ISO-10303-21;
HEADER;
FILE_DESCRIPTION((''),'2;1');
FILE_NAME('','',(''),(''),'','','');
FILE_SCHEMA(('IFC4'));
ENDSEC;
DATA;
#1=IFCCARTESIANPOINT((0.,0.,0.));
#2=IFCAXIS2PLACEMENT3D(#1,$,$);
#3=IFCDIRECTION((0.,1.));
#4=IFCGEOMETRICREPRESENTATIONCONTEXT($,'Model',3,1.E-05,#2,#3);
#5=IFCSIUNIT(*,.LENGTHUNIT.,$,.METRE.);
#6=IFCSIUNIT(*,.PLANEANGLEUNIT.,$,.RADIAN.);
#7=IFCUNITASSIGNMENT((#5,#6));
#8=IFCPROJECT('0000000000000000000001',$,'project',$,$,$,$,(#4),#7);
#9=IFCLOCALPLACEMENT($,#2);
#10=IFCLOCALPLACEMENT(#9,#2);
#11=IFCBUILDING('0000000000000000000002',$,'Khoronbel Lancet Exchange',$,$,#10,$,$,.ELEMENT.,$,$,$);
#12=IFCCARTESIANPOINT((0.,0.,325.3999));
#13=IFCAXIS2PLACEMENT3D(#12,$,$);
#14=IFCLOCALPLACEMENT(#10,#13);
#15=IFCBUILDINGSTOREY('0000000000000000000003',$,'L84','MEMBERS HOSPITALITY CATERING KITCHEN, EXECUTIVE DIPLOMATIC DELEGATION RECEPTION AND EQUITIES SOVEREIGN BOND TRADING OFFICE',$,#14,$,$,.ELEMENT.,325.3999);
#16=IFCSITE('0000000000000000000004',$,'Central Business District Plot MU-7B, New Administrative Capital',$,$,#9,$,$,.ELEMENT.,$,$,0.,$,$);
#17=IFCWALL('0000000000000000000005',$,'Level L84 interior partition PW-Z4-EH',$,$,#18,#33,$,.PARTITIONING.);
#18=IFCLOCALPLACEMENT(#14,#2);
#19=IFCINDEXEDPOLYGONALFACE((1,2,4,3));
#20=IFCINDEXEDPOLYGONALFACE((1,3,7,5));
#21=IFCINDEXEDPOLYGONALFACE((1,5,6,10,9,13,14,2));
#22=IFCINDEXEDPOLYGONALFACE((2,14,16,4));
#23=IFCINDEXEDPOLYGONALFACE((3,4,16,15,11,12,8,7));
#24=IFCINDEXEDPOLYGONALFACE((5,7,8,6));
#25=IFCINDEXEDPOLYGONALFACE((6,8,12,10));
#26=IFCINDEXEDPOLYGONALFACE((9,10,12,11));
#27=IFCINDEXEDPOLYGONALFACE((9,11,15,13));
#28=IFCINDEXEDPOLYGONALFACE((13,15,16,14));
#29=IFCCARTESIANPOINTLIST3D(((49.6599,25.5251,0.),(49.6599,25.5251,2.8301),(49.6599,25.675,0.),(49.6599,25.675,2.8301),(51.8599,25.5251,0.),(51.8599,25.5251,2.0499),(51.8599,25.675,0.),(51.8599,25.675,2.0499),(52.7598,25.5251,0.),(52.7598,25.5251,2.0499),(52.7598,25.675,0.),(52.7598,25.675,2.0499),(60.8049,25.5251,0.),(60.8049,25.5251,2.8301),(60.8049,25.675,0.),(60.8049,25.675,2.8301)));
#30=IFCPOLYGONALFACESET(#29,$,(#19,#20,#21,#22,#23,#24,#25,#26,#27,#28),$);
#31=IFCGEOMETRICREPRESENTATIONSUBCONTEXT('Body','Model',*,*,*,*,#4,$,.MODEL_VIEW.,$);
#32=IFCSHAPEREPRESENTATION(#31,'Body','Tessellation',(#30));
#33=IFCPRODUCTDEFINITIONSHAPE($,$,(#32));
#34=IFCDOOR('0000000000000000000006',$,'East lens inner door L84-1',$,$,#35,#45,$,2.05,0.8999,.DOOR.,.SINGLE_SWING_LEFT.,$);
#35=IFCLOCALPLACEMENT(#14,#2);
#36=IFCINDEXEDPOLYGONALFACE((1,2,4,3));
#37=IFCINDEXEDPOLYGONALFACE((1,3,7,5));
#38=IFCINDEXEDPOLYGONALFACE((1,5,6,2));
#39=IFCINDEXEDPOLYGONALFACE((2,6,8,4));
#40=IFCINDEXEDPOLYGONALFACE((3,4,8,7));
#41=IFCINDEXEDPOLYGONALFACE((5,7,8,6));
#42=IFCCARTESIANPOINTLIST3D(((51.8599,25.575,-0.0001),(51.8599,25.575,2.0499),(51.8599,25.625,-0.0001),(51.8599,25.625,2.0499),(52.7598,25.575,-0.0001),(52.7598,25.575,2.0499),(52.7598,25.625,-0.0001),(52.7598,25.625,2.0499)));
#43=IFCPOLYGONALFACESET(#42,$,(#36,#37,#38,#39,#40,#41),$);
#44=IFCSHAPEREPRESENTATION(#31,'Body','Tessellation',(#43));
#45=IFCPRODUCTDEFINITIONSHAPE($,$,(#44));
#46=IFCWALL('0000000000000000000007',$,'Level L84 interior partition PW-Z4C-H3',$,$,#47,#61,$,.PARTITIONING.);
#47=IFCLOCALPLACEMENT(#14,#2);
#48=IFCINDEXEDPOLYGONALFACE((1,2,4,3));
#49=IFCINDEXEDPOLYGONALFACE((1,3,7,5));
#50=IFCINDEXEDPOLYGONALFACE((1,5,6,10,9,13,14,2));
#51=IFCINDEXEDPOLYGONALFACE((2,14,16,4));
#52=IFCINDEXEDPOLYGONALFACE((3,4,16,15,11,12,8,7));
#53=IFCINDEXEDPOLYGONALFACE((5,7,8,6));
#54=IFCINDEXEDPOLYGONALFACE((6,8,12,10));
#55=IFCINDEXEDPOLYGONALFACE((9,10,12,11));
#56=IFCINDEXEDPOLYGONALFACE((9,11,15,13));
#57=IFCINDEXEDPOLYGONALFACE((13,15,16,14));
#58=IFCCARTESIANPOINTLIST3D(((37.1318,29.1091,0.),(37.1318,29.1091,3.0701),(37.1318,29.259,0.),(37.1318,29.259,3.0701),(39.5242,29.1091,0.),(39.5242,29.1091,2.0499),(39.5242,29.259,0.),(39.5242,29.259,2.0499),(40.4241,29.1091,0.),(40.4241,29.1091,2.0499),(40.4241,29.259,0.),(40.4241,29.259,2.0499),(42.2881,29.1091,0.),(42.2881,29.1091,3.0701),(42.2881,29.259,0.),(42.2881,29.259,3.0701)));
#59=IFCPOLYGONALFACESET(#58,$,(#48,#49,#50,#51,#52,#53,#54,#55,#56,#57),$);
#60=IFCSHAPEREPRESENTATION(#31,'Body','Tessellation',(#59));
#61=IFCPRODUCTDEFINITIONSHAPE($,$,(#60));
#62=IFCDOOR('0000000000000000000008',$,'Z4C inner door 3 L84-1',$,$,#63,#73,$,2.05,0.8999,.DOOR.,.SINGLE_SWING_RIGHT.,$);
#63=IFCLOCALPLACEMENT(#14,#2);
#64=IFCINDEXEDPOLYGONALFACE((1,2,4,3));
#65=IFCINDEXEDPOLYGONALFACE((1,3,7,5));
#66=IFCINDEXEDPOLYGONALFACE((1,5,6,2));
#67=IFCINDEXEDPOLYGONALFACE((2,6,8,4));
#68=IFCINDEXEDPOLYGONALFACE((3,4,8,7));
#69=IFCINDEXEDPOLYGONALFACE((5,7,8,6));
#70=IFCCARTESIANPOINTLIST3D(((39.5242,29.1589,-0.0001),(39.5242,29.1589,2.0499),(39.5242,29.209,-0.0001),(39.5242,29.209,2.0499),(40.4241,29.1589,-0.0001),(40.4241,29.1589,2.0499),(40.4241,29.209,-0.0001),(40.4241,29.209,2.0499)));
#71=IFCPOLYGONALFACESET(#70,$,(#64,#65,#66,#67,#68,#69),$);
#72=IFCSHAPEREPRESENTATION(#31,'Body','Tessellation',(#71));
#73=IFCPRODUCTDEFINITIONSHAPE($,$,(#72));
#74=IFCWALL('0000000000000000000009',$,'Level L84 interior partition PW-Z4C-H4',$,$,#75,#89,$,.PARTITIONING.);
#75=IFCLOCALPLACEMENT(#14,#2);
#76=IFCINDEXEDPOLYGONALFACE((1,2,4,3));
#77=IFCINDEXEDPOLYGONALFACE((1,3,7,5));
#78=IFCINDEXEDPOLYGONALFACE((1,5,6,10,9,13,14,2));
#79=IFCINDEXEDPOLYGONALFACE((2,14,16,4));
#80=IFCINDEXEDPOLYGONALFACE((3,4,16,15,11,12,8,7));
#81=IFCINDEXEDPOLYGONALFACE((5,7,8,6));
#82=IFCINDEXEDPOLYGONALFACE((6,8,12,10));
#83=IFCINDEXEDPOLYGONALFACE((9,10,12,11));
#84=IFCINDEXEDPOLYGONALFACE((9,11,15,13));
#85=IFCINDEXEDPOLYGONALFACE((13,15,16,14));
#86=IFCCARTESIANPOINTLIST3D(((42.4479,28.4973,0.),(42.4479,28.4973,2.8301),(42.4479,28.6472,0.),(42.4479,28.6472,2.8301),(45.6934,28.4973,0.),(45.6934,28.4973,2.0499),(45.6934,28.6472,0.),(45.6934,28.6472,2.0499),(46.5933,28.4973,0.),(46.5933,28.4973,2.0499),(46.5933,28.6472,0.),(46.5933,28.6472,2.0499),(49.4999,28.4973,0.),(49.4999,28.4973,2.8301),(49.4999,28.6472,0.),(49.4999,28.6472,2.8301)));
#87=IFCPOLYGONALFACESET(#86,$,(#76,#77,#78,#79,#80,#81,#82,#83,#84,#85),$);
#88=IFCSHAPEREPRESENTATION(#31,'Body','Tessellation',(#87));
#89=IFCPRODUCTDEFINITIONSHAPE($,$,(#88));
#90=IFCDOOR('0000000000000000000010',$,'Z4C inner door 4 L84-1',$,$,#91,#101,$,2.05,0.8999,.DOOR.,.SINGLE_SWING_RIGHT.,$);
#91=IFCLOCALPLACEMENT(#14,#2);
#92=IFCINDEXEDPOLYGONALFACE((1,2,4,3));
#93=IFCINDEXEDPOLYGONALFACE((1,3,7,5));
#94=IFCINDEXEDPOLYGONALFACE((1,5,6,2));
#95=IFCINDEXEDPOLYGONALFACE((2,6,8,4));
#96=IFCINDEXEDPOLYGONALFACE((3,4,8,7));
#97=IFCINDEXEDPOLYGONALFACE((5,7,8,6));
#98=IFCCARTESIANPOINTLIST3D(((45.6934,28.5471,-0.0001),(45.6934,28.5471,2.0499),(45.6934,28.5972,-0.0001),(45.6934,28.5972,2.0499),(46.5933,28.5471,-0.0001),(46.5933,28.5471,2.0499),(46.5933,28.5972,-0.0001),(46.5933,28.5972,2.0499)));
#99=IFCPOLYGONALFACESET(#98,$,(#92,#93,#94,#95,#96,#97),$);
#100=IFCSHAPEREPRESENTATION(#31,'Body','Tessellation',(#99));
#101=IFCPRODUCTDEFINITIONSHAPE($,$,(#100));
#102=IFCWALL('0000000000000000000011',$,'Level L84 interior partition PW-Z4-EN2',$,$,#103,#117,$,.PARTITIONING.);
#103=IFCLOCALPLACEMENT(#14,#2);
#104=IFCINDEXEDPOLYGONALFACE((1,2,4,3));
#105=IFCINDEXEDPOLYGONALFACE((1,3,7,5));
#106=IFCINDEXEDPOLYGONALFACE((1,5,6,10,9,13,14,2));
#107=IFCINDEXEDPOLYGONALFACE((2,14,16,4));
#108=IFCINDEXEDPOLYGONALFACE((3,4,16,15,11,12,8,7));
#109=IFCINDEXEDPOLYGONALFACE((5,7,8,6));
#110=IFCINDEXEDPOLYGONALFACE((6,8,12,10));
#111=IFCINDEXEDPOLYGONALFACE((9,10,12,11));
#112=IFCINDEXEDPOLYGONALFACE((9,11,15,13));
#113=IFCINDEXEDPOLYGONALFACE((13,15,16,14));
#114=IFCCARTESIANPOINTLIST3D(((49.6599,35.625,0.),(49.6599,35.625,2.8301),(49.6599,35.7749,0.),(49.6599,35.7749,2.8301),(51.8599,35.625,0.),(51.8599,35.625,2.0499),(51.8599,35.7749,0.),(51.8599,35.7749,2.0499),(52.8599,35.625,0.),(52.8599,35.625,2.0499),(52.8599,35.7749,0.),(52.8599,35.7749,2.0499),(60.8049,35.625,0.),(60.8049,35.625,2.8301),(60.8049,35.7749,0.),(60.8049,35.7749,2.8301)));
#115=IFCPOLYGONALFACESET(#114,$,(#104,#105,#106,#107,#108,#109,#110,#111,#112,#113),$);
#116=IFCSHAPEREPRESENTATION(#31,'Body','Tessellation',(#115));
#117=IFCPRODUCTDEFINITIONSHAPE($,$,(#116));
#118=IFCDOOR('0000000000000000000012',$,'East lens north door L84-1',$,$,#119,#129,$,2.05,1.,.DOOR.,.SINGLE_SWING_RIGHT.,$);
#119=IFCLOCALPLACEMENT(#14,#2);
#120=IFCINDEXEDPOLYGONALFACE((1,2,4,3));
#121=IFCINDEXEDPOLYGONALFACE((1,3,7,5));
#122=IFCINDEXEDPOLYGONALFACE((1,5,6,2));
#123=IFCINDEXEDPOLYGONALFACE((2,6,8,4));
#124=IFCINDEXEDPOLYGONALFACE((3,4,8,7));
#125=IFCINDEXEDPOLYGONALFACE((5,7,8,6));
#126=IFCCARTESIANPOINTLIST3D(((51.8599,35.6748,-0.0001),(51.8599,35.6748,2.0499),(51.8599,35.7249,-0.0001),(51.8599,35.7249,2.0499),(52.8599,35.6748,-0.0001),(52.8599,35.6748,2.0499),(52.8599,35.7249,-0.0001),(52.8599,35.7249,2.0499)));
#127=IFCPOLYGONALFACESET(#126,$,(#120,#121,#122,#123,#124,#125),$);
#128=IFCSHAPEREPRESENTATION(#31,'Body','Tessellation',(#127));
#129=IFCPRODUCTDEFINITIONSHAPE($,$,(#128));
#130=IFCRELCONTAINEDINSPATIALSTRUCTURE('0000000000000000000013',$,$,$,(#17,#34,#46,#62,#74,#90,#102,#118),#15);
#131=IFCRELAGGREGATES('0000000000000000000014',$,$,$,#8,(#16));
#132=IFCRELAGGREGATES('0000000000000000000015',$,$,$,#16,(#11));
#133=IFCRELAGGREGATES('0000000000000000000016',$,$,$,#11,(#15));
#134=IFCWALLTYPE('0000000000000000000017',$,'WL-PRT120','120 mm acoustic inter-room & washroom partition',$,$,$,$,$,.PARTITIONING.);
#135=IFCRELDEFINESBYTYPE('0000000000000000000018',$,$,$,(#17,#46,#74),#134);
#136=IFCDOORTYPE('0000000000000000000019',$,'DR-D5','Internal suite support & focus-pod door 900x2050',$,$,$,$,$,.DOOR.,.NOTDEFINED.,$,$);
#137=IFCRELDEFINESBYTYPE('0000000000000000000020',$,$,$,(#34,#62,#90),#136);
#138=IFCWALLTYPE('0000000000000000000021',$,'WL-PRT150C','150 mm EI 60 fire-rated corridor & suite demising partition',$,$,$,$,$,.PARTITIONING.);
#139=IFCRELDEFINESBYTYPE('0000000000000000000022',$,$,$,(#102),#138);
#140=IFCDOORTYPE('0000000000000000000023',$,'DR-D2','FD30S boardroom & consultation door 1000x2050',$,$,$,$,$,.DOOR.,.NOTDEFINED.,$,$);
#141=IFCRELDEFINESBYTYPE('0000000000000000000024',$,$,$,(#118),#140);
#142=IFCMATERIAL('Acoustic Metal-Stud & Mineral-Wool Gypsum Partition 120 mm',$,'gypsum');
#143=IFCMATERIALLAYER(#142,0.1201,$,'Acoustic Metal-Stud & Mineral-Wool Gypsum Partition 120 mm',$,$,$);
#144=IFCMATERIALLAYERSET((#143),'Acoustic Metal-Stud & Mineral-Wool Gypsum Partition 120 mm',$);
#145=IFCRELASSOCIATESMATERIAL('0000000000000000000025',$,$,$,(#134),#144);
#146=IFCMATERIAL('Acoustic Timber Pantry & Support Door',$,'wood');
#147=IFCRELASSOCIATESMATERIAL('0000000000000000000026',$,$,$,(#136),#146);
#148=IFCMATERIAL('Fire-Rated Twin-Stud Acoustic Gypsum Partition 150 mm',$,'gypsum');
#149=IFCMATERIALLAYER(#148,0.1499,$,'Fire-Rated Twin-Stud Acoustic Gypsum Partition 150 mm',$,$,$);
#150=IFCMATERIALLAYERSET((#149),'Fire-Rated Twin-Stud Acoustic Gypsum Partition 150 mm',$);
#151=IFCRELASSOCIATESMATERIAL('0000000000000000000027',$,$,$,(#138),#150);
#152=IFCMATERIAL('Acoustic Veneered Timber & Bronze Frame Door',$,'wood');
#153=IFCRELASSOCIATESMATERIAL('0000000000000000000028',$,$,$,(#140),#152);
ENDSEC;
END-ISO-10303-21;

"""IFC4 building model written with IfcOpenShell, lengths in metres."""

from ifc_helpers import new_model, si_unit, direction, frame, frame_2d, origin, place, context, subcontext, project, spatial, rectangle, extrude, material, layer, layer_set, type_object, element, fill, save


model = new_model("IFC4")

# Units and contexts
model_context = context("Model", 3, precision=1e-05, world=origin(), true_north=direction((0.0, 1.0)))
body_context = subcontext(model_context, "Body", "Model", "MODEL_VIEW")
ifc_project = project(units=[si_unit("LENGTHUNIT", "METRE"), si_unit("PLANEANGLEUNIT", "RADIAN")], contexts=[model_context])

# Site, building, storey
site_placement = place(None, origin())
site = spatial("IfcSite", under=ifc_project, at=site_placement, Name="Central Business District Plot MU-7B, New Administrative Capital", CompositionType="ELEMENT", RefElevation=0.0)
building_placement = place(site_placement, origin())
building = spatial("IfcBuilding", under=site, at=building_placement, Name="Khoronbel Lancet Exchange", CompositionType="ELEMENT")
storey_placement = place(building_placement, frame((0.0, 0.0, 325.3999)))
storey = spatial("IfcBuildingStorey", under=building, at=storey_placement, Name="L84", Description="MEMBERS HOSPITALITY CATERING KITCHEN, EXECUTIVE DIPLOMATIC DELEGATION RECEPTION AND EQUITIES SOVEREIGN BOND TRADING OFFICE", CompositionType="ELEMENT", Elevation=325.3999)

# Walls, openings, doors
ifc_material_1 = material(Name="Acoustic Metal-Stud & Mineral-Wool Gypsum Partition 120 mm", Category="gypsum")
ifc_layer_1 = layer(ifc_material_1, 0.1201, Name="Acoustic Metal-Stud & Mineral-Wool Gypsum Partition 120 mm")
ifc_layer_set_1 = layer_set([ifc_layer_1], Name="Acoustic Metal-Stud & Mineral-Wool Gypsum Partition 120 mm")
wall_type_1 = type_object("IfcWallType", Name="WL-PRT120", Description="120 mm acoustic inter-room & washroom partition", PredefinedType="PARTITIONING", material=ifc_layer_set_1)
wall_1_placement = place(storey_placement, frame((49.6599, 25.6001, 0.0), z_axis=(0.0, 0.0, 1.0), x_axis=(1.0, 0.0, 0.0)))
wall_1 = element("IfcWall", 1, at=wall_1_placement, inside=storey, type_object=wall_type_1, Name="Level L84 interior partition PW-Z4-EH", PredefinedType="PARTITIONING", context=body_context, shape_type="SweptSolid", body=[
    extrude(rectangle(XDim=11.145, YDim=0.1499, at=frame_2d((5.5725, 0.0))), origin(), (0.0, 0.0, 1.0), 2.8301),
])
opening_1_placement = place(wall_1_placement, frame((2.2, 0.0, 0.0)))
opening_1 = element("IfcOpeningElement", 2, at=opening_1_placement, cuts=wall_1, PredefinedType="OPENING", context=body_context, shape_type="SweptSolid", body=[
    extrude(rectangle(XDim=0.8999, YDim=2.05, at=frame_2d((0.45, 1.0249))), frame((0.0, 0.085, 0.0), z_axis=(0.0, -1.0, 0.0), x_axis=(1.0, 0.0, 0.0)), (0.0, 0.0, 1.0), 0.1699),
])
ifc_material_2 = material(Name="Acoustic Timber Pantry & Support Door", Category="wood")
door_type_1 = type_object("IfcDoorType", Name="DR-D5", Description="Internal suite support & focus-pod door 900x2050", OperationType="NOTDEFINED", PredefinedType="DOOR", material=ifc_material_2)
door_1_placement = place(opening_1_placement, origin())
door_1 = element("IfcDoor", 3, at=door_1_placement, inside=storey, type_object=door_type_1, Name="East lens inner door L84-1", OperationType="SINGLE_SWING_LEFT", OverallHeight=2.05, OverallWidth=0.8999, PredefinedType="DOOR", context=body_context, shape_type="SweptSolid", body=[
    extrude(rectangle(XDim=0.8999, YDim=2.05, at=frame_2d((0.45, 1.0249))), frame((0.0, 0.0249, 0.0), z_axis=(0.0, -1.0, 0.0), x_axis=(1.0, 0.0, 0.0)), (0.0, 0.0, 1.0), 0.05),
])
fill(opening_1, door_1)
wall_2_placement = place(storey_placement, frame((37.1318, 29.1841, 0.0), z_axis=(0.0, 0.0, 1.0), x_axis=(1.0, 0.0, 0.0)))
wall_2 = element("IfcWall", 4, at=wall_2_placement, inside=storey, type_object=wall_type_1, Name="Level L84 interior partition PW-Z4C-H3", PredefinedType="PARTITIONING", context=body_context, shape_type="SweptSolid", body=[
    extrude(rectangle(XDim=5.1562, YDim=0.1499, at=frame_2d((2.5781, 0.0))), origin(), (0.0, 0.0, 1.0), 3.0701),
])
opening_2_placement = place(wall_2_placement, frame((2.3923, 0.0, 0.0)))
opening_2 = element("IfcOpeningElement", 5, at=opening_2_placement, cuts=wall_2, PredefinedType="OPENING", context=body_context, shape_type="SweptSolid", body=[
    extrude(rectangle(XDim=0.8999, YDim=2.05, at=frame_2d((0.45, 1.0249))), frame((0.0, 0.085, 0.0), z_axis=(0.0, -1.0, 0.0), x_axis=(1.0, 0.0, 0.0)), (0.0, 0.0, 1.0), 0.1699),
])
door_2_placement = place(opening_2_placement, origin())
door_2 = element("IfcDoor", 6, at=door_2_placement, inside=storey, type_object=door_type_1, Name="Z4C inner door 3 L84-1", OperationType="SINGLE_SWING_RIGHT", OverallHeight=2.05, OverallWidth=0.8999, PredefinedType="DOOR", context=body_context, shape_type="SweptSolid", body=[
    extrude(rectangle(XDim=0.8999, YDim=2.05, at=frame_2d((0.45, 1.0249))), frame((0.0, 0.0249, 0.0), z_axis=(0.0, -1.0, 0.0), x_axis=(1.0, 0.0, 0.0)), (0.0, 0.0, 1.0), 0.05),
])
fill(opening_2, door_2)
wall_3_placement = place(storey_placement, frame((42.448, 28.5723, 0.0), z_axis=(0.0, 0.0, 1.0), x_axis=(1.0, 0.0, 0.0)))
wall_3 = element("IfcWall", 7, at=wall_3_placement, inside=storey, type_object=wall_type_1, Name="Level L84 interior partition PW-Z4C-H4", PredefinedType="PARTITIONING", context=body_context, shape_type="SweptSolid", body=[
    extrude(rectangle(XDim=7.052, YDim=0.1499, at=frame_2d((3.5259, 0.0))), origin(), (0.0, 0.0, 1.0), 2.8301),
])
opening_3_placement = place(wall_3_placement, frame((3.2454, 0.0, 0.0)))
opening_3 = element("IfcOpeningElement", 8, at=opening_3_placement, cuts=wall_3, PredefinedType="OPENING", context=body_context, shape_type="SweptSolid", body=[
    extrude(rectangle(XDim=0.8999, YDim=2.05, at=frame_2d((0.45, 1.0249))), frame((0.0, 0.085, 0.0), z_axis=(0.0, -1.0, 0.0), x_axis=(1.0, 0.0, 0.0)), (0.0, 0.0, 1.0), 0.1699),
])
door_3_placement = place(opening_3_placement, origin())
door_3 = element("IfcDoor", 9, at=door_3_placement, inside=storey, type_object=door_type_1, Name="Z4C inner door 4 L84-1", OperationType="SINGLE_SWING_RIGHT", OverallHeight=2.05, OverallWidth=0.8999, PredefinedType="DOOR", context=body_context, shape_type="SweptSolid", body=[
    extrude(rectangle(XDim=0.8999, YDim=2.05, at=frame_2d((0.45, 1.0249))), frame((0.0, 0.0249, 0.0), z_axis=(0.0, -1.0, 0.0), x_axis=(1.0, 0.0, 0.0)), (0.0, 0.0, 1.0), 0.05),
])
fill(opening_3, door_3)
ifc_material_3 = material(Name="Fire-Rated Twin-Stud Acoustic Gypsum Partition 150 mm", Category="gypsum")
ifc_layer_2 = layer(ifc_material_3, 0.1499, Name="Fire-Rated Twin-Stud Acoustic Gypsum Partition 150 mm")
ifc_layer_set_2 = layer_set([ifc_layer_2], Name="Fire-Rated Twin-Stud Acoustic Gypsum Partition 150 mm")
wall_type_2 = type_object("IfcWallType", Name="WL-PRT150C", Description="150 mm EI 60 fire-rated corridor & suite demising partition", PredefinedType="PARTITIONING", material=ifc_layer_set_2)
wall_4_placement = place(storey_placement, frame((49.6599, 35.7, 0.0), z_axis=(0.0, 0.0, 1.0), x_axis=(1.0, 0.0, 0.0)))
wall_4 = element("IfcWall", 10, at=wall_4_placement, inside=storey, type_object=wall_type_2, Name="Level L84 interior partition PW-Z4-EN2", PredefinedType="PARTITIONING", context=body_context, shape_type="SweptSolid", body=[
    extrude(rectangle(XDim=11.145, YDim=0.1499, at=frame_2d((5.5725, 0.0))), origin(), (0.0, 0.0, 1.0), 2.8301),
])
opening_4_placement = place(wall_4_placement, frame((2.2, 0.0, 0.0)))
opening_4 = element("IfcOpeningElement", 11, at=opening_4_placement, cuts=wall_4, PredefinedType="OPENING", context=body_context, shape_type="SweptSolid", body=[
    extrude(rectangle(XDim=1.0, YDim=2.05, at=frame_2d((0.5, 1.0249))), frame((0.0, 0.085, 0.0), z_axis=(0.0, -1.0, 0.0), x_axis=(1.0, 0.0, 0.0)), (0.0, 0.0, 1.0), 0.1699),
])
ifc_material_4 = material(Name="Acoustic Veneered Timber & Bronze Frame Door", Category="wood")
door_type_2 = type_object("IfcDoorType", Name="DR-D2", Description="FD30S boardroom & consultation door 1000x2050", OperationType="NOTDEFINED", PredefinedType="DOOR", material=ifc_material_4)
door_4_placement = place(opening_4_placement, origin())
door_4 = element("IfcDoor", 12, at=door_4_placement, inside=storey, type_object=door_type_2, Name="East lens north door L84-1", OperationType="SINGLE_SWING_RIGHT", OverallHeight=2.05, OverallWidth=1.0, PredefinedType="DOOR", context=body_context, shape_type="SweptSolid", body=[
    extrude(rectangle(XDim=1.0, YDim=2.05, at=frame_2d((0.5, 1.0249))), frame((0.0, 0.0249, 0.0), z_axis=(0.0, -1.0, 0.0), x_axis=(1.0, 0.0, 0.0)), (0.0, 0.0, 1.0), 0.05),
])
fill(opening_4, door_4)

save(model, "model.ifc")
